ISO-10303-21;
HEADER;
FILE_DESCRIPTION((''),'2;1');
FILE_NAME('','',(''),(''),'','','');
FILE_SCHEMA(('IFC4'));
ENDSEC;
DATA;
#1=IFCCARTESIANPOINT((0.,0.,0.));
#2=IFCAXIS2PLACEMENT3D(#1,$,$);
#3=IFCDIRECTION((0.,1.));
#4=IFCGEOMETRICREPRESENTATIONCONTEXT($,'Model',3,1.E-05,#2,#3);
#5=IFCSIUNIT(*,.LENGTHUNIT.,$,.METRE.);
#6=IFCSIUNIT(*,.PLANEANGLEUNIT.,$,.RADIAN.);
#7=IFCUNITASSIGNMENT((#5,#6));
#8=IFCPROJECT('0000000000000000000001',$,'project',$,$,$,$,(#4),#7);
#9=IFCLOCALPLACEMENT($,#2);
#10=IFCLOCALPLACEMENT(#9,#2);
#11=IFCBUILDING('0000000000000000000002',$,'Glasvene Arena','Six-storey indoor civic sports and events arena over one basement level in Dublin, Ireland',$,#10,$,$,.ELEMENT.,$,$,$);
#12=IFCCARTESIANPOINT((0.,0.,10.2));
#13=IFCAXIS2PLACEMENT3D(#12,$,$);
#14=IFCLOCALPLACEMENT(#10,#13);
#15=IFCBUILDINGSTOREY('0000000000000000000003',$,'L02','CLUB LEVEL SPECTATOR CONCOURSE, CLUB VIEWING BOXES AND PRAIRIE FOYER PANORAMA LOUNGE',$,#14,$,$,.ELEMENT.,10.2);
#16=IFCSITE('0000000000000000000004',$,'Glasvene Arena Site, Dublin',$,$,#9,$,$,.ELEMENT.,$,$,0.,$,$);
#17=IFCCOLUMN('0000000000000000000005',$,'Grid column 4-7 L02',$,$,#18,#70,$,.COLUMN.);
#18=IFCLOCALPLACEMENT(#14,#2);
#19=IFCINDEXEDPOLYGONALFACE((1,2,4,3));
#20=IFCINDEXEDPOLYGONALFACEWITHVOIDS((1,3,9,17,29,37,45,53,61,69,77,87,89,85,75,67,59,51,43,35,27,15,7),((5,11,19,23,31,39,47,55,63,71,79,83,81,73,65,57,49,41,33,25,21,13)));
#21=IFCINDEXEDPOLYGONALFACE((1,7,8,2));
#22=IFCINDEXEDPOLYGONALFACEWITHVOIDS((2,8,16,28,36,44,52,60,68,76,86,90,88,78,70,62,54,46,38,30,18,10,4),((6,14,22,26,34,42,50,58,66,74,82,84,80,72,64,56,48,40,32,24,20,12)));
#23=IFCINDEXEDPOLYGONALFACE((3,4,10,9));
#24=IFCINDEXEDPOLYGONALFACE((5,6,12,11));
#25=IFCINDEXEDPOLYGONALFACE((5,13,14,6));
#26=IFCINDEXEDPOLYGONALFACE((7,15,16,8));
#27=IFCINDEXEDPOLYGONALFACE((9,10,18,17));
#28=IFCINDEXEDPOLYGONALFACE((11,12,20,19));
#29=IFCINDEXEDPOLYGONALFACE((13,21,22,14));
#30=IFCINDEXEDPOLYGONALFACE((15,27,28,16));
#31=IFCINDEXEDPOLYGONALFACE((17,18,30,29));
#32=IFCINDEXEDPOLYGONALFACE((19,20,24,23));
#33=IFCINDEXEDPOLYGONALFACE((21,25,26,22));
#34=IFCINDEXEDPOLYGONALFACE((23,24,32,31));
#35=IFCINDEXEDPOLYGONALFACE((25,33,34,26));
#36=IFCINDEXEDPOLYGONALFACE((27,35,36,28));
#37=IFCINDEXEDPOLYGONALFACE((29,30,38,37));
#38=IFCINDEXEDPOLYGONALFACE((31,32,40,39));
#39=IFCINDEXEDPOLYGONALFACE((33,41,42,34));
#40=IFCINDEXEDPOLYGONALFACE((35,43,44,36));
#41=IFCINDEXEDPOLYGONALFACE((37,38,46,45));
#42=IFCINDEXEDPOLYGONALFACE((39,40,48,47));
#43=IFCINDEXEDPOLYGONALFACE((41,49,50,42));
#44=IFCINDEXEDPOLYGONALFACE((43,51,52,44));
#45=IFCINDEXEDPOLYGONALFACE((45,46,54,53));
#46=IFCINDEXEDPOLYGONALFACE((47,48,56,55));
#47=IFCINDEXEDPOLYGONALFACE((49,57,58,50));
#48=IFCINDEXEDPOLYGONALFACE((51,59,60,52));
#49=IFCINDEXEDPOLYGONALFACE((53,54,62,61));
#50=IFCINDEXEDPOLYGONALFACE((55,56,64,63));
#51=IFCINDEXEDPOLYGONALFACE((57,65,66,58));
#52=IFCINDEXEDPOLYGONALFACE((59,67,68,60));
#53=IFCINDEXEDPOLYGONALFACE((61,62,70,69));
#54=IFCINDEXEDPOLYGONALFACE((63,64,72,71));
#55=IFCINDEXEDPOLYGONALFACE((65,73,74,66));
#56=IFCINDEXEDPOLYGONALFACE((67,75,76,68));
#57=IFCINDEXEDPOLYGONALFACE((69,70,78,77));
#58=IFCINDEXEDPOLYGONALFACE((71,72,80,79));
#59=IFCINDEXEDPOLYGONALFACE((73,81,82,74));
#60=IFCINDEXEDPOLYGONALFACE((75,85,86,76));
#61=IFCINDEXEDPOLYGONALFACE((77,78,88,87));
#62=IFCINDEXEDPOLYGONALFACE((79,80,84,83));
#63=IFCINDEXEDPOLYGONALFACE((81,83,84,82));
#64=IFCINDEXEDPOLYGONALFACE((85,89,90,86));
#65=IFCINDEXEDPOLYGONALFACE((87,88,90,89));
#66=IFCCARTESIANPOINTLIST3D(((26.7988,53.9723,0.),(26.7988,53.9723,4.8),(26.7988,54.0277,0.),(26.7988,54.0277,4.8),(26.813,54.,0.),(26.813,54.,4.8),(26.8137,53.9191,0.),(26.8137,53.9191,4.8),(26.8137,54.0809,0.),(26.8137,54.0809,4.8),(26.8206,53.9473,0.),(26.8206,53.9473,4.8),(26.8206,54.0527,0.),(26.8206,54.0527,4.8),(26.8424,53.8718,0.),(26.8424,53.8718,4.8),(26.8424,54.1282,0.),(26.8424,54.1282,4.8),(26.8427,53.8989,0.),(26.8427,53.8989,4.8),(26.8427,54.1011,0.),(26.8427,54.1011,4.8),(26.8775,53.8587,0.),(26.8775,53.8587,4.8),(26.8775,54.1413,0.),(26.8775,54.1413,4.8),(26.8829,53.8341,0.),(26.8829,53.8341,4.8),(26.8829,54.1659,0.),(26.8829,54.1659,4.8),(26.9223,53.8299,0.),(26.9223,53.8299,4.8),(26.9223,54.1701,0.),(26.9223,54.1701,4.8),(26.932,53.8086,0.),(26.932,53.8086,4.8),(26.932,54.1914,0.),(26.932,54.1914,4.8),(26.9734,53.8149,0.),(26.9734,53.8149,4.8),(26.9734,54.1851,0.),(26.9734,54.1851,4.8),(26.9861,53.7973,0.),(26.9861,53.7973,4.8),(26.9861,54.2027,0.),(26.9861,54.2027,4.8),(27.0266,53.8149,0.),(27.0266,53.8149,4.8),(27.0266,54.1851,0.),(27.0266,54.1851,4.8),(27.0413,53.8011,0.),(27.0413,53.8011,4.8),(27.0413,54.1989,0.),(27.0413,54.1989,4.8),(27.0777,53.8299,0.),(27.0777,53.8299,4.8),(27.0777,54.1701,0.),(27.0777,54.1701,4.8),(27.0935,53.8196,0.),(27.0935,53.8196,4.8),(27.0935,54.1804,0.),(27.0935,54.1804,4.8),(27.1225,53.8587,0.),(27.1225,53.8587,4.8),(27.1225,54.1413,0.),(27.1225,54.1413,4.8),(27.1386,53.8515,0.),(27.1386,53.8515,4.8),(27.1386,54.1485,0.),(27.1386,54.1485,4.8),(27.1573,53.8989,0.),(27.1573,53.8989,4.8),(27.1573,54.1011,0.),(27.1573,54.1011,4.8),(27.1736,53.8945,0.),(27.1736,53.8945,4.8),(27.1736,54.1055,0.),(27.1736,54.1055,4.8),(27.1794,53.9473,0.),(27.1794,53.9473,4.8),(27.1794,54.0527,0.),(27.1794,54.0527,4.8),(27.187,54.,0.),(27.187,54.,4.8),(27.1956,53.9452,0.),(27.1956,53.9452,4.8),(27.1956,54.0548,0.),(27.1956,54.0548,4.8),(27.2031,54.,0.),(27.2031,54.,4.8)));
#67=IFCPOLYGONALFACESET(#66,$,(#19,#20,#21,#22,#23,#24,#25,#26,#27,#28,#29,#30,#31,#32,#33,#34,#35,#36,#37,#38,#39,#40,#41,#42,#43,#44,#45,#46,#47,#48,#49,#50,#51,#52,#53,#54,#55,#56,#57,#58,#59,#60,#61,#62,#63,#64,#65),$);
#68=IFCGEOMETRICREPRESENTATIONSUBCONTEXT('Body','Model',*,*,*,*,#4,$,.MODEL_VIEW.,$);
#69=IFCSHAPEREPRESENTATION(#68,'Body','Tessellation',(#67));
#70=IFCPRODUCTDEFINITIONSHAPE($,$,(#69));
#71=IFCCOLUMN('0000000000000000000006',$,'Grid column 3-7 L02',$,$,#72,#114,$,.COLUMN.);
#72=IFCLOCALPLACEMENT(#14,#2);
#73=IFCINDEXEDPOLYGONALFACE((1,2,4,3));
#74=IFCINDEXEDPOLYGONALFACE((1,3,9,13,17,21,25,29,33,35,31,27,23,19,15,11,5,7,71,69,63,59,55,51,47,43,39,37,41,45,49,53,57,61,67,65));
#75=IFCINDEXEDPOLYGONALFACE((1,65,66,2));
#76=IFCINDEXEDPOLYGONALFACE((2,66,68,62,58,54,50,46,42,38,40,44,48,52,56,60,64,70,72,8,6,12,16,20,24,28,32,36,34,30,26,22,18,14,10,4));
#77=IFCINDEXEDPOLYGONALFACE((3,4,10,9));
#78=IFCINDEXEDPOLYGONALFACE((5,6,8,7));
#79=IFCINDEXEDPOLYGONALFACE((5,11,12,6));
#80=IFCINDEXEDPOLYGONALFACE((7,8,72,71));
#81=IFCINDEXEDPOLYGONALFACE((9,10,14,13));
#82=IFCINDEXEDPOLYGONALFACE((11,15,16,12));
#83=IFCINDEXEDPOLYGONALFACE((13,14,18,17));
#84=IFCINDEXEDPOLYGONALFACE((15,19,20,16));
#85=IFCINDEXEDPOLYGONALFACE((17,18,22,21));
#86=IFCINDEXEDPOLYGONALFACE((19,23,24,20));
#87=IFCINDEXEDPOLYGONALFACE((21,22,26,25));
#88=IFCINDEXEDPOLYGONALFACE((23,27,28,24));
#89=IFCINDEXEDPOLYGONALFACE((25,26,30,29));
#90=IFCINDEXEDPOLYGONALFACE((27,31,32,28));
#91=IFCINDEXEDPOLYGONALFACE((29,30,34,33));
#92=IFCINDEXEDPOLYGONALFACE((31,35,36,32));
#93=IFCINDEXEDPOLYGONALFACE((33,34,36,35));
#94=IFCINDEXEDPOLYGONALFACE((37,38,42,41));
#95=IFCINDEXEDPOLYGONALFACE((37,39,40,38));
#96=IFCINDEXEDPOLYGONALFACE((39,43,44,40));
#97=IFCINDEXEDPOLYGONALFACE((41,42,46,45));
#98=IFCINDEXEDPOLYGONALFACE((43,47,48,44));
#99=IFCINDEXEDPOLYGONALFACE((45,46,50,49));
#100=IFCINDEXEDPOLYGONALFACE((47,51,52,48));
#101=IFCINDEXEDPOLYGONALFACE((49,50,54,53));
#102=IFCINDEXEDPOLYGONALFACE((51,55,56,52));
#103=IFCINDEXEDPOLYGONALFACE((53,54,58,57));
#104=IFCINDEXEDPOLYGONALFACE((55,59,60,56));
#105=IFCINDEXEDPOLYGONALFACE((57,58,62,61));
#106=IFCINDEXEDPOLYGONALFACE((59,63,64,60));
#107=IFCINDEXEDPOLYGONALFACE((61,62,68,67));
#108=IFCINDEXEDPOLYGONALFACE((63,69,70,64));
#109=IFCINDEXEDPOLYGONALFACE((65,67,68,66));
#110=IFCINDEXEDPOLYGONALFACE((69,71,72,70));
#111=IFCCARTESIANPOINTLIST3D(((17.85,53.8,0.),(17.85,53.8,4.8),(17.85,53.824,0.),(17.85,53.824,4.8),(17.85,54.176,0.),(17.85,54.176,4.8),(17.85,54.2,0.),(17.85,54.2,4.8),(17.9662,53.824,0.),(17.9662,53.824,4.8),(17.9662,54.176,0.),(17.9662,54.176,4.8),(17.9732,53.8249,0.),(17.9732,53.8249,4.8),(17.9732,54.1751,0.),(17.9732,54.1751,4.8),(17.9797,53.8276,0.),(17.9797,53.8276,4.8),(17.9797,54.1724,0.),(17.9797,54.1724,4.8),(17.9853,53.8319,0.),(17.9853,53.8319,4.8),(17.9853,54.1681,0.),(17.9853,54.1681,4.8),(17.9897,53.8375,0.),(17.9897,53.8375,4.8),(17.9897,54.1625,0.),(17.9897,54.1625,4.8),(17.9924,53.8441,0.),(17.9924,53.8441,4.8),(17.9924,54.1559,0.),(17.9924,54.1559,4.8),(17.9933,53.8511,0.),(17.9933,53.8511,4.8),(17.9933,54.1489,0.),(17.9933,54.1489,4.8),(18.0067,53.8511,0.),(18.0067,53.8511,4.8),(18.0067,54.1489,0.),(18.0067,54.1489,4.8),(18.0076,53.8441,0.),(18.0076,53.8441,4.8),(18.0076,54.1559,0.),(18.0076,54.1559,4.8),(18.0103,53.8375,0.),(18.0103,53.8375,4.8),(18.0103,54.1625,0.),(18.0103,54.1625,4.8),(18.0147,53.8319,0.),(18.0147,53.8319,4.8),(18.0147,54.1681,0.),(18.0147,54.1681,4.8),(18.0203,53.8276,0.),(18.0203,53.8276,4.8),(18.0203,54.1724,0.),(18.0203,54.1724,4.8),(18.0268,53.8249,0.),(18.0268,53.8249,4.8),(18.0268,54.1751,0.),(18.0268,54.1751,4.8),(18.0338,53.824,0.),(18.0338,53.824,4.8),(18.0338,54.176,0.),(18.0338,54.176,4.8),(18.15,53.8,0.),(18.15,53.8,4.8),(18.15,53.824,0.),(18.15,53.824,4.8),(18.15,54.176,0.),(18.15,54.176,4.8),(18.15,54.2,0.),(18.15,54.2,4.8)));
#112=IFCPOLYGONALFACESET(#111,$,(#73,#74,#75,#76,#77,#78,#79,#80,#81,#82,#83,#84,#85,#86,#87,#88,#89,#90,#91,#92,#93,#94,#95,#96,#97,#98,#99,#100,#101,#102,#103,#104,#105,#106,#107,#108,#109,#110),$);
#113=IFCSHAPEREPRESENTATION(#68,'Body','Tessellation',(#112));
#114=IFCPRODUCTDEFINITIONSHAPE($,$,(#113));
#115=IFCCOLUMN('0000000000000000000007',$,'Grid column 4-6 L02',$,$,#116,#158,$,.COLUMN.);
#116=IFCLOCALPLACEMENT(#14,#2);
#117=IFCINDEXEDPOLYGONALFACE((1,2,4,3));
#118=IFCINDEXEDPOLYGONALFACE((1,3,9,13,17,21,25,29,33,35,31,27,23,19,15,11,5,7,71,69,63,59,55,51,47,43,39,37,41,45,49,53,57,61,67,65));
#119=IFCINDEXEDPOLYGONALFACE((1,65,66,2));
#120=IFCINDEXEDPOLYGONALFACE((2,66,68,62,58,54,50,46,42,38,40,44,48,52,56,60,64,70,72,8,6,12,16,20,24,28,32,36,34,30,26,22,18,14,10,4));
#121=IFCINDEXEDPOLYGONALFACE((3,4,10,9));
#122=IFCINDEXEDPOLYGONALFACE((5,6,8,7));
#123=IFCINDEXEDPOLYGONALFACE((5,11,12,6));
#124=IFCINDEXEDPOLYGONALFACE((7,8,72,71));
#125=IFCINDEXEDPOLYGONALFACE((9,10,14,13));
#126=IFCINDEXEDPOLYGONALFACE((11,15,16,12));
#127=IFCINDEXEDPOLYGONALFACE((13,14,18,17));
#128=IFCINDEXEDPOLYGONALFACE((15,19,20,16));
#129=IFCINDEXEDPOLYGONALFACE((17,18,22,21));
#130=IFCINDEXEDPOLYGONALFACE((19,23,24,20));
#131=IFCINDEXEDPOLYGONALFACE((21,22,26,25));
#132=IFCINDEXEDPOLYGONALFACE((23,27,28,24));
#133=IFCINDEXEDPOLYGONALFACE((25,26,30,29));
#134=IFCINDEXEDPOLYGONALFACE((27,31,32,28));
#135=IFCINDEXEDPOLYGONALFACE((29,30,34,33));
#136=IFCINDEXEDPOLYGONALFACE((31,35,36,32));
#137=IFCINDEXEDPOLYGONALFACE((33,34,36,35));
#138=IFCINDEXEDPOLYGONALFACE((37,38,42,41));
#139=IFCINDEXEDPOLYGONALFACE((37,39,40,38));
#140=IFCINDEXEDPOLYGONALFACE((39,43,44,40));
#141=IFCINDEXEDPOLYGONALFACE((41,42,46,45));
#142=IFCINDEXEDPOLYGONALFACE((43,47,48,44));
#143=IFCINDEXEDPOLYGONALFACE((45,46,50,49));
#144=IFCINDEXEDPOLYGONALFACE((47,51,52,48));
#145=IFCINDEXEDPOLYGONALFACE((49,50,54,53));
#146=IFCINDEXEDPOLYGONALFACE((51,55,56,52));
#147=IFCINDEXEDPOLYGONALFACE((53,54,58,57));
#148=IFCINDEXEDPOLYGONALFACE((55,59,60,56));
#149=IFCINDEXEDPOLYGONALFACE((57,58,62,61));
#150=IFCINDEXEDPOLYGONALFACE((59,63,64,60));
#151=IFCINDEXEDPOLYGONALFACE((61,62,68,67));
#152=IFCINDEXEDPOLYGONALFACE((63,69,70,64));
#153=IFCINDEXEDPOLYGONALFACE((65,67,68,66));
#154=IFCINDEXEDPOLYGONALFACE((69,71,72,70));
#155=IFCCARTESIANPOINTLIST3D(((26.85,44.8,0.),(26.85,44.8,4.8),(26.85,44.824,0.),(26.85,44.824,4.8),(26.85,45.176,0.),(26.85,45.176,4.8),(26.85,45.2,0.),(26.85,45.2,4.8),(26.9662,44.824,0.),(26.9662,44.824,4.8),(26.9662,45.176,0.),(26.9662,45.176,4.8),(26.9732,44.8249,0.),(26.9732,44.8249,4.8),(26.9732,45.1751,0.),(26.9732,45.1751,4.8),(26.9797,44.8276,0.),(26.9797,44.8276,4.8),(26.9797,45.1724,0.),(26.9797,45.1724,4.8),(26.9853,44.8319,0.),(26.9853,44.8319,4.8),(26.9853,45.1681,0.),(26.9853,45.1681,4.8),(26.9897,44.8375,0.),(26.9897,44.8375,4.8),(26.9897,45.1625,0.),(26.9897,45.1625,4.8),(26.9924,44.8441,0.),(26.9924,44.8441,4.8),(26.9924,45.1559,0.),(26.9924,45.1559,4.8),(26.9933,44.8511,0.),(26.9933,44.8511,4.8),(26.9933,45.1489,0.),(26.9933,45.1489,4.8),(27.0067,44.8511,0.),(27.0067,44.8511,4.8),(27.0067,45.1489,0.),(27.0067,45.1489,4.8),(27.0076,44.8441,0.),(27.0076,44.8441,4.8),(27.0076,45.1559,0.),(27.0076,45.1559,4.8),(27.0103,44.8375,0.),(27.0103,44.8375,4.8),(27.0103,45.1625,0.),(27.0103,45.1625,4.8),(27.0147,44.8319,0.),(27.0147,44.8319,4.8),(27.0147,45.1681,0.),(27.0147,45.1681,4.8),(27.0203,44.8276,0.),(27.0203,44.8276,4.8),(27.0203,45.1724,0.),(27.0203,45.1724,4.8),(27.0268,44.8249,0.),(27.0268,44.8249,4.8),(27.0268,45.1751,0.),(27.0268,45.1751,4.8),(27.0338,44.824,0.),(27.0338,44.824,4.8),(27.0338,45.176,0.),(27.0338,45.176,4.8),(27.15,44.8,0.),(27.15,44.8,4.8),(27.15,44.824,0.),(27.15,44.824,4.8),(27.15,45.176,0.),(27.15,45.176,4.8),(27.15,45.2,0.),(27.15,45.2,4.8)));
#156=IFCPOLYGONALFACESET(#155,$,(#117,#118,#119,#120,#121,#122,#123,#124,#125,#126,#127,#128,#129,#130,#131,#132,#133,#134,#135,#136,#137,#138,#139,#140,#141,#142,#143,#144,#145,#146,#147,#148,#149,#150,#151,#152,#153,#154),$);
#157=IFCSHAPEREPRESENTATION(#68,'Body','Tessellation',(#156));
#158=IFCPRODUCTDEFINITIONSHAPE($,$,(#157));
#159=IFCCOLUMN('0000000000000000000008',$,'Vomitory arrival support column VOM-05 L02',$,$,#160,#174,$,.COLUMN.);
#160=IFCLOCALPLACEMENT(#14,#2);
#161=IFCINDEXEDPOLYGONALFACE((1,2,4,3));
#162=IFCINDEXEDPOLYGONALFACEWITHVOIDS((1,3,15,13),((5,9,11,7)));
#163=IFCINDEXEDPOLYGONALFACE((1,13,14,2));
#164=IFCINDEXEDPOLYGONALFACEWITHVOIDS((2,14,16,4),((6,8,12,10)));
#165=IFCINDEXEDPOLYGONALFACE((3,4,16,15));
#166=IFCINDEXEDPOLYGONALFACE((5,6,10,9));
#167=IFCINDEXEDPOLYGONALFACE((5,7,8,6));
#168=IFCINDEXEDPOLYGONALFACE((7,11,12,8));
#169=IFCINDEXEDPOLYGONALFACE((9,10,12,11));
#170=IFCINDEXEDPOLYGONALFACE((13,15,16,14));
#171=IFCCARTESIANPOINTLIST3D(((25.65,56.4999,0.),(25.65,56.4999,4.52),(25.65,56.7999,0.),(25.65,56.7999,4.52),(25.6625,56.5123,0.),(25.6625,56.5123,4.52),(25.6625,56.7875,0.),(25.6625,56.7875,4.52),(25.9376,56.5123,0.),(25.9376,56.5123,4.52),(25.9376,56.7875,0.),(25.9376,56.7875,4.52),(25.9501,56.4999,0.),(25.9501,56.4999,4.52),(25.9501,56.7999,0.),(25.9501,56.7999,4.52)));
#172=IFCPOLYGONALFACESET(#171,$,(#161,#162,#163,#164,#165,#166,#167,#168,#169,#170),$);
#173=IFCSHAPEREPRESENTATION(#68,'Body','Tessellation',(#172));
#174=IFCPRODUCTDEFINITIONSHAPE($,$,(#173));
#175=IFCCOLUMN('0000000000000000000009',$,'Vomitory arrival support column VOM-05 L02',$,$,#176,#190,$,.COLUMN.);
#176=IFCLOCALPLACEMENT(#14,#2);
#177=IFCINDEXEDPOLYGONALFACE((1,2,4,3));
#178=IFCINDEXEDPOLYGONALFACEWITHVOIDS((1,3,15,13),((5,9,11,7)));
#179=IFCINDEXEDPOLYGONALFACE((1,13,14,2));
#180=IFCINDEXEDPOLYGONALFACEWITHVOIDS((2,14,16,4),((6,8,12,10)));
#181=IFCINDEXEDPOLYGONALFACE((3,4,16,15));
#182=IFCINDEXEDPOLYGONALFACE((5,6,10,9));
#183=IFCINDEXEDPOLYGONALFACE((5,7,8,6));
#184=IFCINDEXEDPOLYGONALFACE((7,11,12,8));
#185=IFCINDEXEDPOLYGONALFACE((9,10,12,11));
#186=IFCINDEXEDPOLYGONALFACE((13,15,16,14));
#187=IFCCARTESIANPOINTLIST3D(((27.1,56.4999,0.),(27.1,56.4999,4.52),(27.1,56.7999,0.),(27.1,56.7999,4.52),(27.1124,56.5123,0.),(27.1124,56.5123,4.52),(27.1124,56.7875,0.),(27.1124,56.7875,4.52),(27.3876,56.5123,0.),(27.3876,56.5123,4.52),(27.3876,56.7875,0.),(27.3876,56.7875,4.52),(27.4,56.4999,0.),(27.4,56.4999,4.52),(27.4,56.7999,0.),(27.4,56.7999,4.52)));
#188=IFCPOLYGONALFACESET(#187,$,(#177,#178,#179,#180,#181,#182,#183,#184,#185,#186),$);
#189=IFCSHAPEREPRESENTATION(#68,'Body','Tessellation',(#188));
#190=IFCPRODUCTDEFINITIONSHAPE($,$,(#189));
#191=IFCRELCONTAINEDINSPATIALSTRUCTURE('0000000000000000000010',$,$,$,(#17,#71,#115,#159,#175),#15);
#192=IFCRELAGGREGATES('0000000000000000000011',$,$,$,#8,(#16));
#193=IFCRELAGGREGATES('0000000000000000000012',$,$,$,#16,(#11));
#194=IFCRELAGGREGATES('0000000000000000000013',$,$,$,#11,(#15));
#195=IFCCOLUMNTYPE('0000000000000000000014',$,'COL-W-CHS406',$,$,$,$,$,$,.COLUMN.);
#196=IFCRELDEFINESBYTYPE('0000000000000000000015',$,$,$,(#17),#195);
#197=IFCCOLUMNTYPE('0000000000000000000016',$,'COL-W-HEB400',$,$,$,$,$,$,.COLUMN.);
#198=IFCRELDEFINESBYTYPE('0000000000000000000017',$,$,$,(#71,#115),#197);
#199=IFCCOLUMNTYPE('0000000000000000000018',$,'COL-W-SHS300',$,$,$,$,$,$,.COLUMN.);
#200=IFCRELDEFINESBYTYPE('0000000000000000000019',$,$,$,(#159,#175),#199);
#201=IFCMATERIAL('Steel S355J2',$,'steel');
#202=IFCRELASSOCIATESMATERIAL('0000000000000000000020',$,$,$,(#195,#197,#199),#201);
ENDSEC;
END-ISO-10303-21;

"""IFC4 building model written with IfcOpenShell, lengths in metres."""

from ifc_helpers import new_model, si_unit, direction, frame, origin, origin_2d, place, context, subcontext, project, spatial, hollow_rectangle, hollow_circle, i_section, extrude, material, material_profile, profile_set, type_object, element, save


model = new_model("IFC4")

# Units and contexts
model_context = context("Model", 3, precision=1e-05, world=origin(), true_north=direction((0.0, 1.0)))
body_context = subcontext(model_context, "Body", "Model", "MODEL_VIEW")
ifc_project = project(units=[si_unit("LENGTHUNIT", "METRE"), si_unit("PLANEANGLEUNIT", "RADIAN")], contexts=[model_context])

# Site, building, storey
site_placement = place(None, origin())
site = spatial("IfcSite", under=ifc_project, at=site_placement, Name="Glasvene Arena Site, Dublin", CompositionType="ELEMENT", RefElevation=0.0)
building_placement = place(site_placement, origin())
building = spatial("IfcBuilding", under=site, at=building_placement, Name="Glasvene Arena", Description="Six-storey indoor civic sports and events arena over one basement level in Dublin, Ireland", CompositionType="ELEMENT")
storey_placement = place(building_placement, frame((0.0, 0.0, 10.2)))
storey = spatial("IfcBuildingStorey", under=building, at=storey_placement, Name="L02", Description="CLUB LEVEL SPECTATOR CONCOURSE, CLUB VIEWING BOXES AND PRAIRIE FOYER PANORAMA LOUNGE", CompositionType="ELEMENT", Elevation=10.2)

# Columns
ifc_material_1 = material(Name="Steel S355J2", Category="steel")
ifc_material_profile_1 = material_profile(ifc_material_1, hollow_circle(Radius=0.2031, WallThickness=0.0161, at=origin_2d()), Name="CHS 406.4x16.0")
ifc_profile_set_1 = profile_set([ifc_material_profile_1], Name="Steel S355J2")
column_type_1 = type_object("IfcColumnType", Name="COL-W-CHS406", PredefinedType="COLUMN", material=ifc_profile_set_1)
column_placement = place(storey_placement, frame((27.0, 54.0, 0.0), z_axis=(0.0, 0.0, 1.0), x_axis=(1.0, 0.0, 0.0)))
element("IfcColumn", 1, at=column_placement, inside=storey, type_object=column_type_1, Name="Grid column 4-7 L02", PredefinedType="COLUMN", context=body_context, shape_type="SweptSolid", body=[
    extrude(hollow_circle(Radius=0.2031, WallThickness=0.0161, at=origin_2d()), origin(), (0.0, 0.0, 1.0), 4.8),
])
ifc_material_profile_2 = material_profile(ifc_material_1, i_section(OverallWidth=0.3, OverallDepth=0.3999, WebThickness=0.0134, FlangeThickness=0.0239, FilletRadius=0.0271, at=origin_2d()), Name="HEB 400")
ifc_profile_set_2 = profile_set([ifc_material_profile_2], Name="Steel S355J2")
column_type_2 = type_object("IfcColumnType", Name="COL-W-HEB400", PredefinedType="COLUMN", material=ifc_profile_set_2)
for number, where, z_axis, x_axis, name in (
    (2, (18.0, 54.0, 0.0), (0.0, 0.0, 1.0), (1.0, 0.0, 0.0), "Grid column 3-7 L02"),
    (3, (27.0, 45.0, 0.0), (0.0, 0.0, 1.0), (1.0, 0.0, 0.0), "Grid column 4-6 L02"),
):
    element("IfcColumn", number, at=place(storey_placement, frame(where, z_axis=z_axis, x_axis=x_axis)), inside=storey, type_object=column_type_2, Name=name, PredefinedType="COLUMN", context=body_context, shape_type="SweptSolid", body=[
        extrude(i_section(OverallWidth=0.3, OverallDepth=0.3999, WebThickness=0.0134, FlangeThickness=0.0239, FilletRadius=0.0271, at=origin_2d()), origin(), (0.0, 0.0, 1.0), 4.8),
    ])
ifc_material_profile_3 = material_profile(ifc_material_1, hollow_rectangle(XDim=0.3, YDim=0.3, WallThickness=0.0125, at=origin_2d()), Name="SHS 300x300x12.5")
ifc_profile_set_3 = profile_set([ifc_material_profile_3], Name="Steel S355J2")
column_type_3 = type_object("IfcColumnType", Name="COL-W-SHS300", PredefinedType="COLUMN", material=ifc_profile_set_3)
for number, where, z_axis, x_axis, name in (
    (4, (25.8, 56.6499, 0.0), (0.0, 0.0, 1.0), (1.0, 0.0, 0.0), "Vomitory arrival support column VOM-05 L02"),
    (5, (27.25, 56.6499, 0.0), (0.0, 0.0, 1.0), (1.0, 0.0, 0.0), "Vomitory arrival support column VOM-05 L02"),
):
    element("IfcColumn", number, at=place(storey_placement, frame(where, z_axis=z_axis, x_axis=x_axis)), inside=storey, type_object=column_type_3, Name=name, PredefinedType="COLUMN", context=body_context, shape_type="SweptSolid", body=[
        extrude(hollow_rectangle(XDim=0.3, YDim=0.3, WallThickness=0.0125, at=origin_2d()), origin(), (0.0, 0.0, 1.0), 4.52),
    ])

save(model, "model.ifc")
